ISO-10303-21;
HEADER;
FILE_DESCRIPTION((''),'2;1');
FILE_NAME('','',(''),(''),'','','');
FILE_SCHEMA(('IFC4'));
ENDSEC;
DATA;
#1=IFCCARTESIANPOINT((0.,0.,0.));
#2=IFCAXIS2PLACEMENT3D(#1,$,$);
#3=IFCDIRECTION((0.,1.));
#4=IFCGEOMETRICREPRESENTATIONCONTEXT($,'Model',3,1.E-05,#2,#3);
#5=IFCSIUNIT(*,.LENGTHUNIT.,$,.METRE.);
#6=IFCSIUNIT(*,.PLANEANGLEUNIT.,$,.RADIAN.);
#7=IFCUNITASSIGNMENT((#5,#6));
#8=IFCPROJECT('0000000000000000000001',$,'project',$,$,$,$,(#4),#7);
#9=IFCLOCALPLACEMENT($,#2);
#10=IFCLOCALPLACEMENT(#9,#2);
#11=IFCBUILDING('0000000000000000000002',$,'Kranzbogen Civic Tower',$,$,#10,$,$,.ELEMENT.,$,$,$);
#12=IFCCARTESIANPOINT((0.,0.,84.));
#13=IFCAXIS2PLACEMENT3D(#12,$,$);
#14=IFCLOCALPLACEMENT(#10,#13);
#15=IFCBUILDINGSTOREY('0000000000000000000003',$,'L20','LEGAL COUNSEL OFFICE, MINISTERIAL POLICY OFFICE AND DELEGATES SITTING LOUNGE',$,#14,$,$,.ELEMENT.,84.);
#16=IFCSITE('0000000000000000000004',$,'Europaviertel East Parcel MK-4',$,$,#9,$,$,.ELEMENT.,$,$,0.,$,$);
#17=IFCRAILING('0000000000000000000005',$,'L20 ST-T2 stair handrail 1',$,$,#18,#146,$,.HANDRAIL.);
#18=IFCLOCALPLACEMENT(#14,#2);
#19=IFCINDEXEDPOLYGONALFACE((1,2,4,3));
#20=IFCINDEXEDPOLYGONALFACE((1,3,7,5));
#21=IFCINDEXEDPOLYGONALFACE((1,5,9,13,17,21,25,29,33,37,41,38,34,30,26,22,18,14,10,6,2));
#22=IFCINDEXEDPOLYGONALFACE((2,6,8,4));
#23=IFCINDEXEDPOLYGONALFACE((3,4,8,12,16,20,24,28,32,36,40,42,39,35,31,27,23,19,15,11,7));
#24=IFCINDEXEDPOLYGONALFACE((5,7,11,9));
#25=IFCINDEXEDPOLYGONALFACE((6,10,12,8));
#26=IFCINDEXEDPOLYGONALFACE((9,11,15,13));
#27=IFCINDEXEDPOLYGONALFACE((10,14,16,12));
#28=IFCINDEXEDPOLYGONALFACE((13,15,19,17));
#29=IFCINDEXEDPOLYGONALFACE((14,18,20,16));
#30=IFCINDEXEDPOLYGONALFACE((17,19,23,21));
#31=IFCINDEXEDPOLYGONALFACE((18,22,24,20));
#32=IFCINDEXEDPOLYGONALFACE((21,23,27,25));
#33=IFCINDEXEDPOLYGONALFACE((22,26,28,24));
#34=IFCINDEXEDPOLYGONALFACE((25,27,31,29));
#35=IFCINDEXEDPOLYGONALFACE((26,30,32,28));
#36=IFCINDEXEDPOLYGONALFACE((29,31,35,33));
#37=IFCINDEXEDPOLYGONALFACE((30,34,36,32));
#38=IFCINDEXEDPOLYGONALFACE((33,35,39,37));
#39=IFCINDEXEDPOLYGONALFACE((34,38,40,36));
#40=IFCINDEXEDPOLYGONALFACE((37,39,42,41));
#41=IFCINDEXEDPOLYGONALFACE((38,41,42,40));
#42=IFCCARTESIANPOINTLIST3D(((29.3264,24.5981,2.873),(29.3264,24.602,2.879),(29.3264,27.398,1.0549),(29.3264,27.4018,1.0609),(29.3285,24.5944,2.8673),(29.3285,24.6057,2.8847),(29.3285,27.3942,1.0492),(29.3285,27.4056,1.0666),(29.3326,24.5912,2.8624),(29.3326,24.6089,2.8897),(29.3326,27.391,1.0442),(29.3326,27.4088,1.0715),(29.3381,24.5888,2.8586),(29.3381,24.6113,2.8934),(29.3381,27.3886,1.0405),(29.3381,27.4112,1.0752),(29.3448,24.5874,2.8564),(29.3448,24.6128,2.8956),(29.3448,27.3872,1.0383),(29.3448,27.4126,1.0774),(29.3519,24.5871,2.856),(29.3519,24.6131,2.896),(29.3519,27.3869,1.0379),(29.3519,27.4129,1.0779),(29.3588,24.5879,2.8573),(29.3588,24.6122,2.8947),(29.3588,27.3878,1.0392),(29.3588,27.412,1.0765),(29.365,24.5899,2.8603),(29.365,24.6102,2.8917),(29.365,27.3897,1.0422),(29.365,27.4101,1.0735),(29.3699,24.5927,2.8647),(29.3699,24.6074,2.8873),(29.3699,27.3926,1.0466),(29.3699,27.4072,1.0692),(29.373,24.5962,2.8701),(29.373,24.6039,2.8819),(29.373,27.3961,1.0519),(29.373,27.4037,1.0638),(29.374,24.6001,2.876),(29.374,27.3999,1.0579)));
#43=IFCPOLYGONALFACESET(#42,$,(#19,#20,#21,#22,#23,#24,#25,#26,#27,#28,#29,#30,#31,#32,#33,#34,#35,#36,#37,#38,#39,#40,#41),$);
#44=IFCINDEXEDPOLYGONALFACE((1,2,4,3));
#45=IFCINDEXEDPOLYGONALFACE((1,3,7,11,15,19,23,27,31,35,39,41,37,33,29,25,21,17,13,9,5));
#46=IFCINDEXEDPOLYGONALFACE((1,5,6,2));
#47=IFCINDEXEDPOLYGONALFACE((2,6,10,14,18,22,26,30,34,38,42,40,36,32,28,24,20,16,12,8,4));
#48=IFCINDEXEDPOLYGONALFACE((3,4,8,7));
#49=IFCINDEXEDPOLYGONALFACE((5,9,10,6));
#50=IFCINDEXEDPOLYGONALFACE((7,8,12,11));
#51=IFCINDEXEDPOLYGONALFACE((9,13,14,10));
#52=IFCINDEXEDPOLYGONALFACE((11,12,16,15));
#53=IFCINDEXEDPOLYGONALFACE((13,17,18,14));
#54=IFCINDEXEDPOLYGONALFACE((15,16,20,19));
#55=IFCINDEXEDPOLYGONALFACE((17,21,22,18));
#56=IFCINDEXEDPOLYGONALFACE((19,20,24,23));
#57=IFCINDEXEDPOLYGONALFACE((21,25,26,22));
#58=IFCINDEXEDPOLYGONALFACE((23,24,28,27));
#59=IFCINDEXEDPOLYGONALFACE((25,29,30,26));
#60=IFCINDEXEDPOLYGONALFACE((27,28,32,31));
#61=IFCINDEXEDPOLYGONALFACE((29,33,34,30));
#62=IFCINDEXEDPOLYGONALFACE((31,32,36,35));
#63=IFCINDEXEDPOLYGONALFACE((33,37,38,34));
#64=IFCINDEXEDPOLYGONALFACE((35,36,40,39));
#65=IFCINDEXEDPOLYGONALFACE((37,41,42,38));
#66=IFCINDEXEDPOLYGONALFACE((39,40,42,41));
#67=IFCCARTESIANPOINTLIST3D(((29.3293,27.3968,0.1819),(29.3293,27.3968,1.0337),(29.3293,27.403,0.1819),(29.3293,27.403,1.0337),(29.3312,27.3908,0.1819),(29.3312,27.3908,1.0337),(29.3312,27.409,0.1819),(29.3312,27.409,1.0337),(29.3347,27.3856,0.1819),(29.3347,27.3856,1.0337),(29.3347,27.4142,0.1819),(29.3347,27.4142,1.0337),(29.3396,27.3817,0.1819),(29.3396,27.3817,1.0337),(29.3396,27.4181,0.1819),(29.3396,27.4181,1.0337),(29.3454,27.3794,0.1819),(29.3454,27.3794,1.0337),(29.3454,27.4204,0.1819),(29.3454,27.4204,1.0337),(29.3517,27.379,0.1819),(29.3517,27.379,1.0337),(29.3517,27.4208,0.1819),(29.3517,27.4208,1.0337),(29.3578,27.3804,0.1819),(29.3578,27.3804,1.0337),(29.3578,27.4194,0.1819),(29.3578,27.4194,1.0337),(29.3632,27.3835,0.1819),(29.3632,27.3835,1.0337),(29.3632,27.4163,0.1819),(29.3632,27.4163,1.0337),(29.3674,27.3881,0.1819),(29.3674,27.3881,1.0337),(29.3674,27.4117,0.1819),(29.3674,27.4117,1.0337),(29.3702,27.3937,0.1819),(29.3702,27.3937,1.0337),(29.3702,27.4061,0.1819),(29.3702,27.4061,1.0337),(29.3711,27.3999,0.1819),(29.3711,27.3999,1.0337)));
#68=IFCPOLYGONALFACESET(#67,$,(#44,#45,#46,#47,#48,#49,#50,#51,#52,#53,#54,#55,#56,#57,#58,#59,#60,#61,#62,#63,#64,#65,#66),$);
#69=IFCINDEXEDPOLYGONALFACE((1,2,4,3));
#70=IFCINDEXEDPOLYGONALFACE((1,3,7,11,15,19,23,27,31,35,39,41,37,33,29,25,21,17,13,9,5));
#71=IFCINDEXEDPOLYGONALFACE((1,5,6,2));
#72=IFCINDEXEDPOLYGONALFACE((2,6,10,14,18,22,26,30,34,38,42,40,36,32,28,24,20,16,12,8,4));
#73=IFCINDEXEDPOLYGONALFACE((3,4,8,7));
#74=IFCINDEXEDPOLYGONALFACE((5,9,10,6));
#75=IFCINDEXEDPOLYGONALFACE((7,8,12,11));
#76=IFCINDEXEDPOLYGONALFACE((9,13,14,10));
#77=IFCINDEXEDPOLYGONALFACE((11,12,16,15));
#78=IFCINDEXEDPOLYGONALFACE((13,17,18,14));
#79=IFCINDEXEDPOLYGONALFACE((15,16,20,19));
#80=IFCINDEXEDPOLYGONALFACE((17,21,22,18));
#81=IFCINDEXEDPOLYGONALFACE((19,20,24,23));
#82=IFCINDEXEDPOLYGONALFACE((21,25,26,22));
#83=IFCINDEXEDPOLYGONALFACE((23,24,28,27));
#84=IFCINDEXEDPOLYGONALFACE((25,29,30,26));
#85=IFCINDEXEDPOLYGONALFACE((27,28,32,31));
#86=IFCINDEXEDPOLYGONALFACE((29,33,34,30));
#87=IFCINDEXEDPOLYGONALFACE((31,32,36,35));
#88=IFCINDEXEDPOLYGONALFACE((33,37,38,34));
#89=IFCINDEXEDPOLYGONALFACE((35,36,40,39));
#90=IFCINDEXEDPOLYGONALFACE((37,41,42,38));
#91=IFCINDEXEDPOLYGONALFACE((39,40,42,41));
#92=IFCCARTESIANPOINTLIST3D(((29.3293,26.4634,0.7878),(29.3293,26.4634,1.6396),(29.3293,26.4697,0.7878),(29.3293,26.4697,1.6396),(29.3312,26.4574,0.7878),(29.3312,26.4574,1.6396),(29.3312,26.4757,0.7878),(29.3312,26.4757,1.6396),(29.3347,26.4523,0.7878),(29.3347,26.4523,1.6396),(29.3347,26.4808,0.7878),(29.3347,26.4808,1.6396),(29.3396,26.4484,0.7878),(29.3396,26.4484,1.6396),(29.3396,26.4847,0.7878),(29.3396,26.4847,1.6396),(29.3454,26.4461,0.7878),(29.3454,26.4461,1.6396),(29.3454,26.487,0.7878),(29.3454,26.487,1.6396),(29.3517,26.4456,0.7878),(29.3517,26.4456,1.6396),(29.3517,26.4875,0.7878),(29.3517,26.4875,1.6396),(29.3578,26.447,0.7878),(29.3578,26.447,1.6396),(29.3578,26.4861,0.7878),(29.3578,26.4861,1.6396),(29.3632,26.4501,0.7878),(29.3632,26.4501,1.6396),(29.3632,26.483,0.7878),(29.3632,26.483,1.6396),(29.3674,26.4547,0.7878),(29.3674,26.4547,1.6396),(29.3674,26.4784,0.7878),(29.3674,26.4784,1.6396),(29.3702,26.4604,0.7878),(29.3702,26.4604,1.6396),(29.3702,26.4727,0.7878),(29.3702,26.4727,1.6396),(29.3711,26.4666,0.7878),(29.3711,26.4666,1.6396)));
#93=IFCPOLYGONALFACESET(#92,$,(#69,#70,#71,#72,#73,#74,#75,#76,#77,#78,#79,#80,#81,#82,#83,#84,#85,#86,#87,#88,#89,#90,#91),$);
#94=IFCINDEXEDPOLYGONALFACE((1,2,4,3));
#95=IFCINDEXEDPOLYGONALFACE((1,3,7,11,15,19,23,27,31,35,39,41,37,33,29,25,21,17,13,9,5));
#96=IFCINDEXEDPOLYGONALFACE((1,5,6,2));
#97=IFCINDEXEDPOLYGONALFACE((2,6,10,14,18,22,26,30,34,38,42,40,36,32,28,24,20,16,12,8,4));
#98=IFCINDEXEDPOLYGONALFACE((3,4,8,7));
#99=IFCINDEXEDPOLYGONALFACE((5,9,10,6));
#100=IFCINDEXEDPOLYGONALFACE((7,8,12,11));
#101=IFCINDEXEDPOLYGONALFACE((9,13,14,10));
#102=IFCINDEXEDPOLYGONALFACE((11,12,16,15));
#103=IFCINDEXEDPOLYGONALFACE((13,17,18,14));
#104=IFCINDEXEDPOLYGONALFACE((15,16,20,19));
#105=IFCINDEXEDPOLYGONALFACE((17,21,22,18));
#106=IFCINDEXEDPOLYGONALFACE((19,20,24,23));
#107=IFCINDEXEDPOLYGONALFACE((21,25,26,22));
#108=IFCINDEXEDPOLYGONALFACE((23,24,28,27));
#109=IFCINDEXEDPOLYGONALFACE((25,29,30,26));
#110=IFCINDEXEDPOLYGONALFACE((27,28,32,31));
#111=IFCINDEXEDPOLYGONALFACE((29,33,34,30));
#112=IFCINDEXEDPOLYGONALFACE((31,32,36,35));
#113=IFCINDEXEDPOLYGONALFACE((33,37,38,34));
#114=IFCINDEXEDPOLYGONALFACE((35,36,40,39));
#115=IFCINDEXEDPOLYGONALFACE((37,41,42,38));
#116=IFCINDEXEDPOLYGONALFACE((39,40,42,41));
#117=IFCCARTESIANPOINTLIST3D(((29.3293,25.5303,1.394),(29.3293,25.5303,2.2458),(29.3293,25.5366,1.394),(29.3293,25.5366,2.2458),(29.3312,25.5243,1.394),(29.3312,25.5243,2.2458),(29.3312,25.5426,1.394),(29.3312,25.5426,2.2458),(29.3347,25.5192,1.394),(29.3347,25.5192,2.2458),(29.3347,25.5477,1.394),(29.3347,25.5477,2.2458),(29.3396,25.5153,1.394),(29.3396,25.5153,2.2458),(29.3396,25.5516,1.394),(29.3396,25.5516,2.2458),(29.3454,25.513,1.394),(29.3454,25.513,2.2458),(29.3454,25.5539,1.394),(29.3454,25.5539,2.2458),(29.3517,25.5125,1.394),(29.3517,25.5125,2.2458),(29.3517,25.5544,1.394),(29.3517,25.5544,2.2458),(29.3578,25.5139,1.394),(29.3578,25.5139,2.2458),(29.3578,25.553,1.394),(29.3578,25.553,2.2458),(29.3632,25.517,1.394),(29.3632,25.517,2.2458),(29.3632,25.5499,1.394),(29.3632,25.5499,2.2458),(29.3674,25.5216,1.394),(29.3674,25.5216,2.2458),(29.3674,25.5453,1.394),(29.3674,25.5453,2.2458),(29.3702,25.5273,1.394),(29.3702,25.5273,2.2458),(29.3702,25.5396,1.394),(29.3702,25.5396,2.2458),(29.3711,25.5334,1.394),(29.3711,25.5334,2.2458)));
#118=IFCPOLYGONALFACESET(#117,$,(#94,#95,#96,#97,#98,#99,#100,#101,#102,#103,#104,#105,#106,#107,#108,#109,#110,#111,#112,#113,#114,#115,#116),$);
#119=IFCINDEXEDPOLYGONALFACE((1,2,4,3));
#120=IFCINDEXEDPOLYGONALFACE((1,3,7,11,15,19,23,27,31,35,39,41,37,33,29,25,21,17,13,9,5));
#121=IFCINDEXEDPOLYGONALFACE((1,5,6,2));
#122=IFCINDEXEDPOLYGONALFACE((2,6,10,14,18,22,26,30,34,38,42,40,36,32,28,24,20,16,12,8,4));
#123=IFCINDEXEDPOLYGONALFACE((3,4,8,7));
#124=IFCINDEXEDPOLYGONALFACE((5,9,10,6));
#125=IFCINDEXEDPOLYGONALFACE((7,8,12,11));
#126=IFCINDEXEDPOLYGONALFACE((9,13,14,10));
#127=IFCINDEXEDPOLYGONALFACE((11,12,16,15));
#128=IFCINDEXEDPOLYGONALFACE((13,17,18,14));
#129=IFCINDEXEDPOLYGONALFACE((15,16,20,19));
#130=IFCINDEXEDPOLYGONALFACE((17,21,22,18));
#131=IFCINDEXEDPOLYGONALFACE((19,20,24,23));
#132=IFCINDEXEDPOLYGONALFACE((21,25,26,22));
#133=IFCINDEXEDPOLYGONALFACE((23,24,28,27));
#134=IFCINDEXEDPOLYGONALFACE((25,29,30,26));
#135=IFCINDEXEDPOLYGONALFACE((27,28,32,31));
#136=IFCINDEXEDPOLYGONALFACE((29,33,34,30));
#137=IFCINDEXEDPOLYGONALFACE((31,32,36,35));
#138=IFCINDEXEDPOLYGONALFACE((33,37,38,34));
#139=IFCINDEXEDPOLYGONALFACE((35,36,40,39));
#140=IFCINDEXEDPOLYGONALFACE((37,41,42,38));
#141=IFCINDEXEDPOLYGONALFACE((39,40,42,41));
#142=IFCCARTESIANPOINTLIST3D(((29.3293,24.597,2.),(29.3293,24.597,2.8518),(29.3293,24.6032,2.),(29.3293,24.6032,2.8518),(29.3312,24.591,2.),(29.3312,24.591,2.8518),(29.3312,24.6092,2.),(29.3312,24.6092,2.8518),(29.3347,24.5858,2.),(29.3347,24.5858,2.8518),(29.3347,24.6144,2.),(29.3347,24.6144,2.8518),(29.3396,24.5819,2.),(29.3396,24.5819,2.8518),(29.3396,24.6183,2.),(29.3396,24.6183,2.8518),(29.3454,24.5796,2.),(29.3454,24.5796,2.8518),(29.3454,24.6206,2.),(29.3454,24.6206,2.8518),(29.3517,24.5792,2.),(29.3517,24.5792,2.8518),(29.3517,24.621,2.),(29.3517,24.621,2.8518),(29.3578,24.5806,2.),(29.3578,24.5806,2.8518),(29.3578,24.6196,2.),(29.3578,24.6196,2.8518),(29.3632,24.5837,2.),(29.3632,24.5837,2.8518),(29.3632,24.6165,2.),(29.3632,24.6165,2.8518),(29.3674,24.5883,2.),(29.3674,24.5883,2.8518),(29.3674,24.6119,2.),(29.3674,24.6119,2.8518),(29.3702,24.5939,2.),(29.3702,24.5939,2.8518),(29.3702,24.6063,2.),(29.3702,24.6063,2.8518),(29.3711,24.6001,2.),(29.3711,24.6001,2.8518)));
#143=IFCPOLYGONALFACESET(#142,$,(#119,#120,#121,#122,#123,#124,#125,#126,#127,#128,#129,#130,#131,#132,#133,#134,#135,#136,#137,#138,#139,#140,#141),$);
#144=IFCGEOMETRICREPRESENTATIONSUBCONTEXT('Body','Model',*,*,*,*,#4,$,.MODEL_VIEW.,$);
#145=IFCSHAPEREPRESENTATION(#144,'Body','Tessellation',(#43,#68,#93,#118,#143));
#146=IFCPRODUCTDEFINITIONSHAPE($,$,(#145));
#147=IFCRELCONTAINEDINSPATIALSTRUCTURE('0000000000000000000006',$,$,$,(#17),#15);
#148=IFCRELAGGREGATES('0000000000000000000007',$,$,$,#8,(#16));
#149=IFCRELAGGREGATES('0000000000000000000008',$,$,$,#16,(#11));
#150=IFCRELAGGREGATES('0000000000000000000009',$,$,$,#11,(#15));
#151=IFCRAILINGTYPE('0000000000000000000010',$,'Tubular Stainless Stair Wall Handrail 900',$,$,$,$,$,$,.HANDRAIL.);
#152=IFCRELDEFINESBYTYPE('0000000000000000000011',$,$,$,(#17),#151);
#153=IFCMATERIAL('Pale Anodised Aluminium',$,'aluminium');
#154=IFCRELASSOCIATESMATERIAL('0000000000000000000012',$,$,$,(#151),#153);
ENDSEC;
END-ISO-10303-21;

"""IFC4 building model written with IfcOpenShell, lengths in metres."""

from ifc_helpers import new_model, si_unit, direction, frame, origin, origin_2d, place, context, subcontext, project, spatial, circle, extrude, material, type_object, element, save


model = new_model("IFC4")

# Units and contexts
model_context = context("Model", 3, precision=1e-05, world=origin(), true_north=direction((0.0, 1.0)))
body_context = subcontext(model_context, "Body", "Model", "MODEL_VIEW")
ifc_project = project(units=[si_unit("LENGTHUNIT", "METRE"), si_unit("PLANEANGLEUNIT", "RADIAN")], contexts=[model_context])

# Site, building, storey
site_placement = place(None, origin())
site = spatial("IfcSite", under=ifc_project, at=site_placement, Name="Europaviertel East Parcel MK-4", CompositionType="ELEMENT", RefElevation=0.0)
building_placement = place(site_placement, origin())
building = spatial("IfcBuilding", under=site, at=building_placement, Name="Kranzbogen Civic Tower", CompositionType="ELEMENT")
storey_placement = place(building_placement, frame((0.0, 0.0, 84.0)))
storey = spatial("IfcBuildingStorey", under=building, at=storey_placement, Name="L20", Description="LEGAL COUNSEL OFFICE, MINISTERIAL POLICY OFFICE AND DELEGATES SITTING LOUNGE", CompositionType="ELEMENT", Elevation=84.0)

# Shared definitions
ifc_material_1 = material(Name="Pale Anodised Aluminium", Category="aluminium")

# Railing
railing_type_1 = type_object("IfcRailingType", Name="Tubular Stainless Stair Wall Handrail 900", PredefinedType="HANDRAIL", material=ifc_material_1)
railing_1_placement = place(storey_placement, frame((29.3501, 27.3999, 0.1819)))
element("IfcRailing", 1, at=railing_1_placement, inside=storey, type_object=railing_type_1, Name="L20 ST-T2 stair handrail 1", PredefinedType="HANDRAIL", context=body_context, shape_type="SweptSolid", body=[
    extrude(circle(Radius=0.0239, at=origin_2d()), frame((0.0, 0.0, 0.876), z_axis=(0.0, -0.838684, 0.544618), x_axis=(1.0, 0.0, 0.0)), (0.0, 0.0, 1.0), 3.3384),
    extrude(circle(Radius=0.021, at=origin_2d()), origin(), (0.0, 0.0, 1.0), 0.8518),
    extrude(circle(Radius=0.021, at=origin_2d()), frame((0.0, -0.9333, 0.606)), (0.0, 0.0, 1.0), 0.8518),
    extrude(circle(Radius=0.021, at=origin_2d()), frame((0.0, -1.8665, 1.2122)), (0.0, 0.0, 1.0), 0.8518),
    extrude(circle(Radius=0.021, at=origin_2d()), frame((0.0, -2.7998, 1.8181)), (0.0, 0.0, 1.0), 0.8518),
])

save(model, "model.ifc")
